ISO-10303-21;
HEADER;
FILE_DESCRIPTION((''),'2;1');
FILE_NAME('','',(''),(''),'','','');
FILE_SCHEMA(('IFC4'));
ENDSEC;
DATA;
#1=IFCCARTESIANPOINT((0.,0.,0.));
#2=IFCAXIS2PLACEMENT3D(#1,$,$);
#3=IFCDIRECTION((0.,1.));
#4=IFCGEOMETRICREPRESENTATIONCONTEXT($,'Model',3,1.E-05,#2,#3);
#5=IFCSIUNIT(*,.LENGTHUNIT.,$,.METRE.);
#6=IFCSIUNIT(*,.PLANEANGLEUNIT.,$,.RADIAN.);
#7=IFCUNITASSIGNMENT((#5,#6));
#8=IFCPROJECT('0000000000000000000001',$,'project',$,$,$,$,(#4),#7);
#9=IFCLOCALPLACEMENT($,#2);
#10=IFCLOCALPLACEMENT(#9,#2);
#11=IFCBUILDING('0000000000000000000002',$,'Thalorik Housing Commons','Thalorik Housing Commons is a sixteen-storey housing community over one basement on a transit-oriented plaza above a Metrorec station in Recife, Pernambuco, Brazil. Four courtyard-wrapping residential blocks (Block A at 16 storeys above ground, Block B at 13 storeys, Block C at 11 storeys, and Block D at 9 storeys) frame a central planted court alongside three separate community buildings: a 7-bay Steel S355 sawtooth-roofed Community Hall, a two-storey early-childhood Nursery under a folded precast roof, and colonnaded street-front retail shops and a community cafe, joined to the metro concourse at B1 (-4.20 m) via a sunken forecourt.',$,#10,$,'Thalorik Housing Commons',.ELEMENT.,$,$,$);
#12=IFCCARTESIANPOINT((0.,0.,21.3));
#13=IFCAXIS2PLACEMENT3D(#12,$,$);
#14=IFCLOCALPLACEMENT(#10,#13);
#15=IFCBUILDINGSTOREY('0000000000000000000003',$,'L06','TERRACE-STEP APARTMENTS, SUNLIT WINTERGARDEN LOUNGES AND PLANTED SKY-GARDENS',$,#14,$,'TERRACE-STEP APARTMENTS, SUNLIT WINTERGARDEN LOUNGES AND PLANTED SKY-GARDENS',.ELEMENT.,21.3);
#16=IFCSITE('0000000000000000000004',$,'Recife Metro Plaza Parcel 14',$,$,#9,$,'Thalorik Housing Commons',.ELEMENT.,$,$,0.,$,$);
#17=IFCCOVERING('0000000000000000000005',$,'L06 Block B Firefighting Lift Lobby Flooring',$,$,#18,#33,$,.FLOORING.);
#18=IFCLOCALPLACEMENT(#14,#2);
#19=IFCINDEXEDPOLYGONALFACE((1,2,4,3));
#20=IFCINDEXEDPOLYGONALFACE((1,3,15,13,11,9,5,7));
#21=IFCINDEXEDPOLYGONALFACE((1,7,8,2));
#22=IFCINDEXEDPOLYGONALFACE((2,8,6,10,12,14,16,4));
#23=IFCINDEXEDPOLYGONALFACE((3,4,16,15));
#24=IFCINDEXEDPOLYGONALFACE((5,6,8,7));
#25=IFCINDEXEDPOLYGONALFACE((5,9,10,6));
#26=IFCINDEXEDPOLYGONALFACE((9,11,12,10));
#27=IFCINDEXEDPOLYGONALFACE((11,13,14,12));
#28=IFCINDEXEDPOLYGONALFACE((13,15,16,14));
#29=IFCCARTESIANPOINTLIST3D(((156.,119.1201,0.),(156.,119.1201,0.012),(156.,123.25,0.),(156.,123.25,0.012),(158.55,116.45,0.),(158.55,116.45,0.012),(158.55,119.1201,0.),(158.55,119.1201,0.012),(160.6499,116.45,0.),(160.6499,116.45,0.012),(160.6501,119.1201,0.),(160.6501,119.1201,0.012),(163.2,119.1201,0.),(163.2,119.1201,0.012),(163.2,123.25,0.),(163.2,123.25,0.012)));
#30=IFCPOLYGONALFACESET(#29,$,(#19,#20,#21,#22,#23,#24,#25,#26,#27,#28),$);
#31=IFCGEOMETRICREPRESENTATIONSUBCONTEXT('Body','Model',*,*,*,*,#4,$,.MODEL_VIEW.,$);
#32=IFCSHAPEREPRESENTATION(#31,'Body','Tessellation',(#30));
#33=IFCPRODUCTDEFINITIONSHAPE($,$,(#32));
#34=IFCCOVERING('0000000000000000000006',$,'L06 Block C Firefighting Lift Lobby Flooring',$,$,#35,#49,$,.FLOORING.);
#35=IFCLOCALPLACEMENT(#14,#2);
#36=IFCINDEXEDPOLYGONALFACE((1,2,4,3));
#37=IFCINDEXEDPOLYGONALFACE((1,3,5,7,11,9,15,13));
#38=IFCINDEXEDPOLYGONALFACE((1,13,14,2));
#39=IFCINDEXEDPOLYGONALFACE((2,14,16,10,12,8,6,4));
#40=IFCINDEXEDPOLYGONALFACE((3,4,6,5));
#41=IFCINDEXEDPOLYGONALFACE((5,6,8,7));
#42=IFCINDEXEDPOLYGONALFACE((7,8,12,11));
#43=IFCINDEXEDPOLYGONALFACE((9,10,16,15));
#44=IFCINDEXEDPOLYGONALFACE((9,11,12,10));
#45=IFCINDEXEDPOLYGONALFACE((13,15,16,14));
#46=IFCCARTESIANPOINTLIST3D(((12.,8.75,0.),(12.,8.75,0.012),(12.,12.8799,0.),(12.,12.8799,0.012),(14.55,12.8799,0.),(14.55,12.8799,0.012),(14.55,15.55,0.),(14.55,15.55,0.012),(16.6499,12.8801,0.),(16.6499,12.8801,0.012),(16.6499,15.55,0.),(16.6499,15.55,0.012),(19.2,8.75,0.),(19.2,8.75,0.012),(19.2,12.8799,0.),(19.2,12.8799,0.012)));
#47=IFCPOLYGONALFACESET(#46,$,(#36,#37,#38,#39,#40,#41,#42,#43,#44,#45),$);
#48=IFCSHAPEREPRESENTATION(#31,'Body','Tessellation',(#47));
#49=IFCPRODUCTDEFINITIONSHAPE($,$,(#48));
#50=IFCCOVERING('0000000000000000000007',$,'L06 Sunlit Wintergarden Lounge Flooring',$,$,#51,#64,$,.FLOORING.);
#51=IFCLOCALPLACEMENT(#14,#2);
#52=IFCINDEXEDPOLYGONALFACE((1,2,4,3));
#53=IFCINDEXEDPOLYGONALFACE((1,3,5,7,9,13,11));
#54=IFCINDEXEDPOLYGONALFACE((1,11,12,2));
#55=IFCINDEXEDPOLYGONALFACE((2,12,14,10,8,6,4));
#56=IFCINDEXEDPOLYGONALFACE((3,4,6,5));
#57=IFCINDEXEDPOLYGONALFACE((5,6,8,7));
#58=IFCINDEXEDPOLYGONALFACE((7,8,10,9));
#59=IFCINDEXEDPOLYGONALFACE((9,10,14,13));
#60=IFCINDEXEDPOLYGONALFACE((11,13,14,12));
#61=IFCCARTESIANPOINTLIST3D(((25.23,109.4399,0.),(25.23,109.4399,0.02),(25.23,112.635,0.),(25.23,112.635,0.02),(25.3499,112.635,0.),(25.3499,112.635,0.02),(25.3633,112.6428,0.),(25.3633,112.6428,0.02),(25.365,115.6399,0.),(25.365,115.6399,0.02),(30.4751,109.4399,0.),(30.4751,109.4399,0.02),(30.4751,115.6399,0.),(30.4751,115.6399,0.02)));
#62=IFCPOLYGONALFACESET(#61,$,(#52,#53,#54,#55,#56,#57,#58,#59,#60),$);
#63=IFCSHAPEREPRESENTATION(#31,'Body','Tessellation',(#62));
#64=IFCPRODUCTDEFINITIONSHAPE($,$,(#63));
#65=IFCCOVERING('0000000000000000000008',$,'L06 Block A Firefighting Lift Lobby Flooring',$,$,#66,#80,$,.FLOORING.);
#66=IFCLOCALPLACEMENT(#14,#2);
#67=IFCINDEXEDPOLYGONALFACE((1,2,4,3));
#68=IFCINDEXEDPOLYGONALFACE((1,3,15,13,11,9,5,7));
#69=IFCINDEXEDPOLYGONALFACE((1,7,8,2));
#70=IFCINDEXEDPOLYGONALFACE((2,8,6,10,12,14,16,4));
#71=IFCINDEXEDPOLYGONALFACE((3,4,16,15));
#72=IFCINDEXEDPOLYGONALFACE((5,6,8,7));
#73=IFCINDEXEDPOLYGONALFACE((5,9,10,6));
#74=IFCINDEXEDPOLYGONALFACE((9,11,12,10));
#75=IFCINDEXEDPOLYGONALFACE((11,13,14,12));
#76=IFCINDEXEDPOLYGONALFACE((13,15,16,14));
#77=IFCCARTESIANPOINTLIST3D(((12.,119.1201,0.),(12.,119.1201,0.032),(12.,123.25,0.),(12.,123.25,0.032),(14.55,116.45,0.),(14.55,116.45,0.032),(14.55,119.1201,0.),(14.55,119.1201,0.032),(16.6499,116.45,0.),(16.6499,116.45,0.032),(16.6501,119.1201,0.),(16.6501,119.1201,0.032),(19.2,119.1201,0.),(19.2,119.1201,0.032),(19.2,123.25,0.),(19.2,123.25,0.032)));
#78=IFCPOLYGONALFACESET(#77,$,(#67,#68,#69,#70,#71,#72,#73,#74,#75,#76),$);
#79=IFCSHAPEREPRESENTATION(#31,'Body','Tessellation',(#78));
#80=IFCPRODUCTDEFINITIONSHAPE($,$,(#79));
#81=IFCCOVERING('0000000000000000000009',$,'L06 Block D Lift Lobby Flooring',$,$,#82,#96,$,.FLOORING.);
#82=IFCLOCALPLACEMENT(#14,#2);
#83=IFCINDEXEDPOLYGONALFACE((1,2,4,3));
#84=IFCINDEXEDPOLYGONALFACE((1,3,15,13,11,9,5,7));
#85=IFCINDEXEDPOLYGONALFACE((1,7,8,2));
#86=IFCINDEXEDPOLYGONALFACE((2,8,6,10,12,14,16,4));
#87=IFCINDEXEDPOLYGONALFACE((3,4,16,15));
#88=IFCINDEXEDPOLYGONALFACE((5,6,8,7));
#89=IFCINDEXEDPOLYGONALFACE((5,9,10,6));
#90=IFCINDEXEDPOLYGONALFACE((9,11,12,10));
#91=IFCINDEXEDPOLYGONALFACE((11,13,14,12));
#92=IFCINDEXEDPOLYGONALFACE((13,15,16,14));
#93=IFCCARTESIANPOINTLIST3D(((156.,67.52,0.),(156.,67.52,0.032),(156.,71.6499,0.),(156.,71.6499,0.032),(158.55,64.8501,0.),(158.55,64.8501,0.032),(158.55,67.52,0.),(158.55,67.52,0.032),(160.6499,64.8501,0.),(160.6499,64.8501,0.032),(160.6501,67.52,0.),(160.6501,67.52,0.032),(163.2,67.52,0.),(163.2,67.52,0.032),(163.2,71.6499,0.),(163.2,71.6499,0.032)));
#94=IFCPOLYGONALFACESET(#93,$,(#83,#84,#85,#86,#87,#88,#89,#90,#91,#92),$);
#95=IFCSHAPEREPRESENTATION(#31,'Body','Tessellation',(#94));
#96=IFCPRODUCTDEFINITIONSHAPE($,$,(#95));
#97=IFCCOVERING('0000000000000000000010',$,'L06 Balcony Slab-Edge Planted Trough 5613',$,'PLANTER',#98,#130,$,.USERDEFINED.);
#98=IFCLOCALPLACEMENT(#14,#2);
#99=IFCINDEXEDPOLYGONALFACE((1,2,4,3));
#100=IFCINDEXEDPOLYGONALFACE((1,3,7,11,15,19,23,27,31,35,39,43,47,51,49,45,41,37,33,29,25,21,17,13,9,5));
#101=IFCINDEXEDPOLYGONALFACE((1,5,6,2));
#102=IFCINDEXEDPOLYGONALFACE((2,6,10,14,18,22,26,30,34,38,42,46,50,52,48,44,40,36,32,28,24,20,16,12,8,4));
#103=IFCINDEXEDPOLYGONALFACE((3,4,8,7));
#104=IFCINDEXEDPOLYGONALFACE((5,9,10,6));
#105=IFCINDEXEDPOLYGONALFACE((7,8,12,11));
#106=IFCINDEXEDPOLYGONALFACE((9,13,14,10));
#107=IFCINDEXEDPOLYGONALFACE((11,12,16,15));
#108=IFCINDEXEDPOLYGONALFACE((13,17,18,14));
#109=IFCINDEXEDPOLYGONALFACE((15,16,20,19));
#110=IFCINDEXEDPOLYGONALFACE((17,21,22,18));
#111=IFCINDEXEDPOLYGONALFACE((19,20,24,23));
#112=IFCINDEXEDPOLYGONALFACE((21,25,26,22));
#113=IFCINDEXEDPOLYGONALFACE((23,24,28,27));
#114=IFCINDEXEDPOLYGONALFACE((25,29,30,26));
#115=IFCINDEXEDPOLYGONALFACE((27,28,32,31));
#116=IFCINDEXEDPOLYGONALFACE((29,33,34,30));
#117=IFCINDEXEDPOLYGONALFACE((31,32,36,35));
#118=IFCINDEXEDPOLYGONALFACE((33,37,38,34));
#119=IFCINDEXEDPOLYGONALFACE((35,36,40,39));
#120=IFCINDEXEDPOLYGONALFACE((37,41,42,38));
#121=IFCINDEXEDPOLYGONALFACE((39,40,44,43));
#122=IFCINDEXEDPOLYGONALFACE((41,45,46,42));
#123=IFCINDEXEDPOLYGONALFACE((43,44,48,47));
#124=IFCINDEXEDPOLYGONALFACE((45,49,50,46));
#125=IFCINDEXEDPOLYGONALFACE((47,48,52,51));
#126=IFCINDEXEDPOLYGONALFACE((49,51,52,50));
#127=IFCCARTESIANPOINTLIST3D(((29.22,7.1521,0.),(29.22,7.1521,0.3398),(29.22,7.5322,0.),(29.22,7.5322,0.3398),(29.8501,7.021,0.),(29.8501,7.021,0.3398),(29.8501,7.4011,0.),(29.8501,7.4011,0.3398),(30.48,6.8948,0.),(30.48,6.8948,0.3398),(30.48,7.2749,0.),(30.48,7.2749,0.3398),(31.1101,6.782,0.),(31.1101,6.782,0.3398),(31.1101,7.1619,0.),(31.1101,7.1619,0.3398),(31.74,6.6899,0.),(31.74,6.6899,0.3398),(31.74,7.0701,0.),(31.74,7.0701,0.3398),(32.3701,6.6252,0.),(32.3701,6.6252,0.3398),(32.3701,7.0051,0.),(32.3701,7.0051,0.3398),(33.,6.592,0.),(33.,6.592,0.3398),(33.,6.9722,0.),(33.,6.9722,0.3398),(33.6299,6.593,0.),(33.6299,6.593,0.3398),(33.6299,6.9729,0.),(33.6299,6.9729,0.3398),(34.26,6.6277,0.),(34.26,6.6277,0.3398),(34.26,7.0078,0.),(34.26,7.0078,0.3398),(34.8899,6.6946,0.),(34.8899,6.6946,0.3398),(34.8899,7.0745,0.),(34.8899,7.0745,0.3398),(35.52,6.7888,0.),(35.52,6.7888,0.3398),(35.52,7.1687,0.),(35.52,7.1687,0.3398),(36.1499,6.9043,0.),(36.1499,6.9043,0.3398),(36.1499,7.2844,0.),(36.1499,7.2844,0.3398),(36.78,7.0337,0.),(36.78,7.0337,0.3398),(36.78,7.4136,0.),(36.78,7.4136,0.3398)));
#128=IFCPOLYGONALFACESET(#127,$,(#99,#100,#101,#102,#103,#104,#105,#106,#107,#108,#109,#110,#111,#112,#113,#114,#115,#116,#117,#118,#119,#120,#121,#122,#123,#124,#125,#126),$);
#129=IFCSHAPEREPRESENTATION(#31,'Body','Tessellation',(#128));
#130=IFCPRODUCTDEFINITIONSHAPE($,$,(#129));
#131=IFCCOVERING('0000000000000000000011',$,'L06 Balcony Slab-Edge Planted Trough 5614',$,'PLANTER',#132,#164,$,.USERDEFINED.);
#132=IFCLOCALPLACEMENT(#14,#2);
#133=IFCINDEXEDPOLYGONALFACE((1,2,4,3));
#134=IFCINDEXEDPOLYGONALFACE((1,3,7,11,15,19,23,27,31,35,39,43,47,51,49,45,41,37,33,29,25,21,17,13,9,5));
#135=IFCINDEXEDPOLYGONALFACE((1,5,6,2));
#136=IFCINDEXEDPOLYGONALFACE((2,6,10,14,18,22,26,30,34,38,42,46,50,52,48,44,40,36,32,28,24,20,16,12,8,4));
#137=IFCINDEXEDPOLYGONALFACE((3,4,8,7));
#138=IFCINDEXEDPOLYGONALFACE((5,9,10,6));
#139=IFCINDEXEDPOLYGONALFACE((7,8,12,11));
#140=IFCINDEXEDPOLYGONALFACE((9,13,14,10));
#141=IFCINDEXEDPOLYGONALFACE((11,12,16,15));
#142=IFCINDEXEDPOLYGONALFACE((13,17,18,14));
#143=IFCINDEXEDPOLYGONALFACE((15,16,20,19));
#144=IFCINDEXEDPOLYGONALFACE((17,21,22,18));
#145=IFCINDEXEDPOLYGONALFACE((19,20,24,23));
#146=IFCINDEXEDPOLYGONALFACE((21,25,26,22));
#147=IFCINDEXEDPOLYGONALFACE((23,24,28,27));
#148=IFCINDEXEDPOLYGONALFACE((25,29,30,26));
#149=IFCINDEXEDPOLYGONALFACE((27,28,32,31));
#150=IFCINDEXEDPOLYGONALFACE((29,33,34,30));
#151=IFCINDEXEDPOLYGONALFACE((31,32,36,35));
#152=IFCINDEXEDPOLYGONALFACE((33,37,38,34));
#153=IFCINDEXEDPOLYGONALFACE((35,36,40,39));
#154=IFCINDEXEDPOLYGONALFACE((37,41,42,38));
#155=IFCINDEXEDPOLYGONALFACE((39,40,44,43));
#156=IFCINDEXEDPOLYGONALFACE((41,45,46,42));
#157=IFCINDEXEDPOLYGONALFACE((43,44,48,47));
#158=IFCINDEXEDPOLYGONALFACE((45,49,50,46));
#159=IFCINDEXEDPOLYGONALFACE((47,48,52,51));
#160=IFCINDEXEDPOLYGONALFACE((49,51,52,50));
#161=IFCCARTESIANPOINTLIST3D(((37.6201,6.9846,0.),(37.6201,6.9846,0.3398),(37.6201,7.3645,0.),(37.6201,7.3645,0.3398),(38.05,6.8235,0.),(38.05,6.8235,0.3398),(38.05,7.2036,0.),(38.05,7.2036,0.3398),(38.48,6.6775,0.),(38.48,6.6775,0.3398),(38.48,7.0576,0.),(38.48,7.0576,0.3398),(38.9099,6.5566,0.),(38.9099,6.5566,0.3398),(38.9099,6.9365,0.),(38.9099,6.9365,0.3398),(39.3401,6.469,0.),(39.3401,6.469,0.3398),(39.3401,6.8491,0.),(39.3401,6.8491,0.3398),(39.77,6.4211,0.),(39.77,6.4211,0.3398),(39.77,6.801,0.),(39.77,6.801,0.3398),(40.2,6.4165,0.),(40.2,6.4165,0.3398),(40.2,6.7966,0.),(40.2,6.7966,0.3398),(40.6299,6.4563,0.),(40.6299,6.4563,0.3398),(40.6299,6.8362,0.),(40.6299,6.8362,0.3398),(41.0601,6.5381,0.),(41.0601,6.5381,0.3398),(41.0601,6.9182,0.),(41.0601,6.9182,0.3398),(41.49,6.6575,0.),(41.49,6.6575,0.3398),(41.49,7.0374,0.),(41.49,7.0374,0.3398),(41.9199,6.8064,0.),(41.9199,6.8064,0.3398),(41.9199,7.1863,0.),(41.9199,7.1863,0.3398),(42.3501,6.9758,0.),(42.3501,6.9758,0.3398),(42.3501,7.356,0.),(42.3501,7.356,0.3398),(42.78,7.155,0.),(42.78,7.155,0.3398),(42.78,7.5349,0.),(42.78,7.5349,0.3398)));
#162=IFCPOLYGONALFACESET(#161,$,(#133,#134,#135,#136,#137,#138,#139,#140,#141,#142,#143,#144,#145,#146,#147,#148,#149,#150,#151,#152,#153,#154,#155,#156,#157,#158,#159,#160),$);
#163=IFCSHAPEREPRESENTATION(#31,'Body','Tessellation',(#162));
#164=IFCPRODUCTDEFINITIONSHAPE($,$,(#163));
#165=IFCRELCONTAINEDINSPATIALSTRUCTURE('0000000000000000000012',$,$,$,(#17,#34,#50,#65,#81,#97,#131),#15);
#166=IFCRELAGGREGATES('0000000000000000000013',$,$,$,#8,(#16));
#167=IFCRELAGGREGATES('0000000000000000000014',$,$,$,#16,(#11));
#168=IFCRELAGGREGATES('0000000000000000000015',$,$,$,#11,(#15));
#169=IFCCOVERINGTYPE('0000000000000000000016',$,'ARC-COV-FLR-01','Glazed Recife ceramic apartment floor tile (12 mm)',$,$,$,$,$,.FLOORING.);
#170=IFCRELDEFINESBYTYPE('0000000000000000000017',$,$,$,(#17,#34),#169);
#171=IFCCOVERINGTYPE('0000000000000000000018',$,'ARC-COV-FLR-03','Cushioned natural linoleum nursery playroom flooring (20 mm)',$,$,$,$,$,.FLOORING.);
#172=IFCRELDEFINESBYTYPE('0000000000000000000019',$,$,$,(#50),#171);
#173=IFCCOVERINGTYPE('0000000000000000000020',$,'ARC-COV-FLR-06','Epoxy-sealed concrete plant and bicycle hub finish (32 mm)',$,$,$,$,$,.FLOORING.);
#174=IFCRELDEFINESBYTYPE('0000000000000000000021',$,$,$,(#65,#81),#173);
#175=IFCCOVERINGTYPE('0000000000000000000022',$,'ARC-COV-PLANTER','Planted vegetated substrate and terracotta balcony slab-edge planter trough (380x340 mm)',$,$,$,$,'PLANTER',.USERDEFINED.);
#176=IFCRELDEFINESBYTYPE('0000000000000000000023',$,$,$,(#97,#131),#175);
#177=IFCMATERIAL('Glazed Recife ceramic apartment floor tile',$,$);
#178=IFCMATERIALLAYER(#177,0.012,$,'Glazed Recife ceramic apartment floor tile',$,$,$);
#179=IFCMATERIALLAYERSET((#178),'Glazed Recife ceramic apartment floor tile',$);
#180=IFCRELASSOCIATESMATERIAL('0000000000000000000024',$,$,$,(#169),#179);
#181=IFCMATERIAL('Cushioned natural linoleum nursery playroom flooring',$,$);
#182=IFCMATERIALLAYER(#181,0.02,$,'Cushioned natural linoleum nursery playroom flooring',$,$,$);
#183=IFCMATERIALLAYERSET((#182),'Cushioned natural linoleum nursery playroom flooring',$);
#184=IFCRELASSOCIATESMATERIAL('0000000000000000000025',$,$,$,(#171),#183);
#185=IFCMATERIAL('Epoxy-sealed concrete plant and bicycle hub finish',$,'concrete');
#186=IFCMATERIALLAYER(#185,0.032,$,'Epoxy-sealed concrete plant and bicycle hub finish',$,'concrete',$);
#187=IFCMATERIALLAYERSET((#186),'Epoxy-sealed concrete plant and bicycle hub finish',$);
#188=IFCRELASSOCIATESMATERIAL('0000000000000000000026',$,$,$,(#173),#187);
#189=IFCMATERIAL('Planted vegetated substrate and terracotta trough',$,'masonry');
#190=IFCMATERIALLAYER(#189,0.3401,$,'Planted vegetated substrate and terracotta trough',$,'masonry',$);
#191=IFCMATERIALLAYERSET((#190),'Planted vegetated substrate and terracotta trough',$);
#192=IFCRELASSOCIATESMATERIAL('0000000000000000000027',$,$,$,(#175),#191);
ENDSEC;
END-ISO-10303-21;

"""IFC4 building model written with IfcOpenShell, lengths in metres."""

from ifc_helpers import new_model, si_unit, direction, frame, origin, place, context, subcontext, project, spatial, polyline, outline, extrude, material, layer, layer_set, type_object, element, save


model = new_model("IFC4")

# Units and contexts
model_context = context("Model", 3, precision=1e-05, world=origin(), true_north=direction((0.0, 1.0)))
body_context = subcontext(model_context, "Body", "Model", "MODEL_VIEW")
ifc_project = project(units=[si_unit("LENGTHUNIT", "METRE"), si_unit("PLANEANGLEUNIT", "RADIAN")], contexts=[model_context])

# Site, building, storey
site_placement = place(None, origin())
site = spatial("IfcSite", under=ifc_project, at=site_placement, Name="Recife Metro Plaza Parcel 14", LongName="Thalorik Housing Commons", CompositionType="ELEMENT", RefElevation=0.0)
building_placement = place(site_placement, origin())
building = spatial("IfcBuilding", under=site, at=building_placement, Name="Thalorik Housing Commons", Description="Thalorik Housing Commons is a sixteen-storey housing community over one basement on a transit-oriented plaza above a Metrorec station in Recife, Pernambuco, Brazil. Four courtyard-wrapping residential blocks (Block A at 16 storeys above ground, Block B at 13 storeys, Block C at 11 storeys, and Block D at 9 storeys) frame a central planted court alongside three separate community buildings: a 7-bay Steel S355 sawtooth-roofed Community Hall, a two-storey early-childhood Nursery under a folded precast roof, and colonnaded street-front retail shops and a community cafe, joined to the metro concourse at B1 (-4.20 m) via a sunken forecourt.", LongName="Thalorik Housing Commons", CompositionType="ELEMENT")
storey_placement = place(building_placement, frame((0.0, 0.0, 21.3)))
storey = spatial("IfcBuildingStorey", under=building, at=storey_placement, Name="L06", Description="TERRACE-STEP APARTMENTS, SUNLIT WINTERGARDEN LOUNGES AND PLANTED SKY-GARDENS", LongName="TERRACE-STEP APARTMENTS, SUNLIT WINTERGARDEN LOUNGES AND PLANTED SKY-GARDENS", CompositionType="ELEMENT", Elevation=21.3)

# Coverings
ifc_material_1 = material(Name="Glazed Recife ceramic apartment floor tile")
ifc_layer_1 = layer(ifc_material_1, 0.012, Name="Glazed Recife ceramic apartment floor tile")
ifc_layer_set_1 = layer_set([ifc_layer_1], Name="Glazed Recife ceramic apartment floor tile")
covering_type_1 = type_object("IfcCoveringType", Name="ARC-COV-FLR-01", Description="Glazed Recife ceramic apartment floor tile (12 mm)", PredefinedType="FLOORING", material=ifc_layer_set_1)
covering_1_placement = place(storey_placement, origin())
element("IfcCovering", 1, at=covering_1_placement, inside=storey, type_object=covering_type_1, Name="L06 Block B Firefighting Lift Lobby Flooring", PredefinedType="FLOORING", context=body_context, shape_type="SweptSolid", body=[
    extrude(outline(polyline([(158.55, 116.45), (160.6499, 116.45), (160.6501, 119.1201), (163.2, 119.1201), (163.2, 123.25), (156.0, 123.25), (156.0, 119.1201), (158.55, 119.1201), (158.55, 116.45)])), origin(), (0.0, 0.0, 1.0), 0.012),
])
covering_2_placement = place(storey_placement, origin())
element("IfcCovering", 2, at=covering_2_placement, inside=storey, type_object=covering_type_1, Name="L06 Block C Firefighting Lift Lobby Flooring", PredefinedType="FLOORING", context=body_context, shape_type="SweptSolid", body=[
    extrude(outline(polyline([(12.0, 12.8799), (12.0, 8.75), (19.2, 8.75), (19.2, 12.8799), (16.6499, 12.8801), (16.6499, 15.55), (14.55, 15.55), (14.55, 12.8799), (12.0, 12.8799)])), origin(), (0.0, 0.0, 1.0), 0.012),
])
ifc_material_2 = material(Name="Cushioned natural linoleum nursery playroom flooring")
ifc_layer_2 = layer(ifc_material_2, 0.02, Name="Cushioned natural linoleum nursery playroom flooring")
ifc_layer_set_2 = layer_set([ifc_layer_2], Name="Cushioned natural linoleum nursery playroom flooring")
covering_type_2 = type_object("IfcCoveringType", Name="ARC-COV-FLR-03", Description="Cushioned natural linoleum nursery playroom flooring (20 mm)", PredefinedType="FLOORING", material=ifc_layer_set_2)
covering_3_placement = place(storey_placement, origin())
element("IfcCovering", 3, at=covering_3_placement, inside=storey, type_object=covering_type_2, Name="L06 Sunlit Wintergarden Lounge Flooring", PredefinedType="FLOORING", context=body_context, shape_type="SweptSolid", body=[
    extrude(outline(polyline([(25.23, 109.4399), (30.4751, 109.4399), (30.4751, 115.6399), (25.365, 115.6399), (25.3633, 112.6428), (25.3499, 112.635), (25.23, 112.635), (25.23, 109.4399)])), origin(), (0.0, 0.0, 1.0), 0.02),
])
ifc_material_3 = material(Name="Epoxy-sealed concrete plant and bicycle hub finish", Category="concrete")
ifc_layer_3 = layer(ifc_material_3, 0.032, Name="Epoxy-sealed concrete plant and bicycle hub finish", Category="concrete")
ifc_layer_set_3 = layer_set([ifc_layer_3], Name="Epoxy-sealed concrete plant and bicycle hub finish")
covering_type_3 = type_object("IfcCoveringType", Name="ARC-COV-FLR-06", Description="Epoxy-sealed concrete plant and bicycle hub finish (32 mm)", PredefinedType="FLOORING", material=ifc_layer_set_3)
covering_4_placement = place(storey_placement, origin())
element("IfcCovering", 4, at=covering_4_placement, inside=storey, type_object=covering_type_3, Name="L06 Block A Firefighting Lift Lobby Flooring", PredefinedType="FLOORING", context=body_context, shape_type="SweptSolid", body=[
    extrude(outline(polyline([(14.55, 116.45), (16.6499, 116.45), (16.6501, 119.1201), (19.2, 119.1201), (19.2, 123.25), (12.0, 123.25), (12.0, 119.1201), (14.55, 119.1201), (14.55, 116.45)])), origin(), (0.0, 0.0, 1.0), 0.032),
])
covering_5_placement = place(storey_placement, origin())
element("IfcCovering", 5, at=covering_5_placement, inside=storey, type_object=covering_type_3, Name="L06 Block D Lift Lobby Flooring", PredefinedType="FLOORING", context=body_context, shape_type="SweptSolid", body=[
    extrude(outline(polyline([(158.55, 64.8501), (160.6499, 64.8501), (160.6501, 67.52), (163.2, 67.52), (163.2, 71.6499), (156.0, 71.6499), (156.0, 67.52), (158.55, 67.52), (158.55, 64.8501)])), origin(), (0.0, 0.0, 1.0), 0.032),
])
ifc_material_4 = material(Name="Planted vegetated substrate and terracotta trough", Category="masonry")
ifc_layer_4 = layer(ifc_material_4, 0.3401, Name="Planted vegetated substrate and terracotta trough", Category="masonry")
ifc_layer_set_4 = layer_set([ifc_layer_4], Name="Planted vegetated substrate and terracotta trough")
covering_type_4 = type_object("IfcCoveringType", Name="ARC-COV-PLANTER", Description="Planted vegetated substrate and terracotta balcony slab-edge planter trough (380x340 mm)", ElementType="PLANTER", PredefinedType="USERDEFINED", material=ifc_layer_set_4)
covering_6_placement = place(storey_placement, origin())
element("IfcCovering", 6, at=covering_6_placement, inside=storey, type_object=covering_type_4, Name="L06 Balcony Slab-Edge Planted Trough 5613", ObjectType="PLANTER", PredefinedType="USERDEFINED", context=body_context, shape_type="SweptSolid", body=[
    extrude(outline(polyline([(29.22, 7.1521), (29.8501, 7.021), (30.48, 6.8948), (31.1101, 6.782), (31.74, 6.6899), (32.3701, 6.6252), (33.0, 6.592), (33.6299, 6.593), (34.26, 6.6277), (34.8899, 6.6946), (35.52, 6.7888), (36.1499, 6.9043), (36.78, 7.0337), (36.78, 7.4136), (36.1499, 7.2844), (35.52, 7.1687), (34.8899, 7.0745), (34.26, 7.0078), (33.6299, 6.9729), (33.0, 6.9722), (32.3701, 7.0051), (31.74, 7.0701), (31.1101, 7.1619), (30.48, 7.2749), (29.8501, 7.4011), (29.22, 7.5322), (29.22, 7.1521)])), origin(), (0.0, 0.0, 1.0), 0.3398),
])
covering_7_placement = place(storey_placement, origin())
element("IfcCovering", 7, at=covering_7_placement, inside=storey, type_object=covering_type_4, Name="L06 Balcony Slab-Edge Planted Trough 5614", ObjectType="PLANTER", PredefinedType="USERDEFINED", context=body_context, shape_type="SweptSolid", body=[
    extrude(outline(polyline([(37.6201, 6.9846), (38.05, 6.8235), (38.48, 6.6775), (38.9099, 6.5566), (39.3401, 6.469), (39.77, 6.4211), (40.2, 6.4165), (40.6299, 6.4563), (41.0601, 6.5381), (41.49, 6.6575), (41.9199, 6.8064), (42.3501, 6.9758), (42.78, 7.155), (42.78, 7.5349), (42.3501, 7.356), (41.9199, 7.1863), (41.49, 7.0374), (41.0601, 6.9182), (40.6299, 6.8362), (40.2, 6.7966), (39.77, 6.801), (39.3401, 6.8491), (38.9099, 6.9365), (38.48, 7.0576), (38.05, 7.2036), (37.6201, 7.3645), (37.6201, 6.9846)])), origin(), (0.0, 0.0, 1.0), 0.3398),
])

save(model, "model.ifc")
